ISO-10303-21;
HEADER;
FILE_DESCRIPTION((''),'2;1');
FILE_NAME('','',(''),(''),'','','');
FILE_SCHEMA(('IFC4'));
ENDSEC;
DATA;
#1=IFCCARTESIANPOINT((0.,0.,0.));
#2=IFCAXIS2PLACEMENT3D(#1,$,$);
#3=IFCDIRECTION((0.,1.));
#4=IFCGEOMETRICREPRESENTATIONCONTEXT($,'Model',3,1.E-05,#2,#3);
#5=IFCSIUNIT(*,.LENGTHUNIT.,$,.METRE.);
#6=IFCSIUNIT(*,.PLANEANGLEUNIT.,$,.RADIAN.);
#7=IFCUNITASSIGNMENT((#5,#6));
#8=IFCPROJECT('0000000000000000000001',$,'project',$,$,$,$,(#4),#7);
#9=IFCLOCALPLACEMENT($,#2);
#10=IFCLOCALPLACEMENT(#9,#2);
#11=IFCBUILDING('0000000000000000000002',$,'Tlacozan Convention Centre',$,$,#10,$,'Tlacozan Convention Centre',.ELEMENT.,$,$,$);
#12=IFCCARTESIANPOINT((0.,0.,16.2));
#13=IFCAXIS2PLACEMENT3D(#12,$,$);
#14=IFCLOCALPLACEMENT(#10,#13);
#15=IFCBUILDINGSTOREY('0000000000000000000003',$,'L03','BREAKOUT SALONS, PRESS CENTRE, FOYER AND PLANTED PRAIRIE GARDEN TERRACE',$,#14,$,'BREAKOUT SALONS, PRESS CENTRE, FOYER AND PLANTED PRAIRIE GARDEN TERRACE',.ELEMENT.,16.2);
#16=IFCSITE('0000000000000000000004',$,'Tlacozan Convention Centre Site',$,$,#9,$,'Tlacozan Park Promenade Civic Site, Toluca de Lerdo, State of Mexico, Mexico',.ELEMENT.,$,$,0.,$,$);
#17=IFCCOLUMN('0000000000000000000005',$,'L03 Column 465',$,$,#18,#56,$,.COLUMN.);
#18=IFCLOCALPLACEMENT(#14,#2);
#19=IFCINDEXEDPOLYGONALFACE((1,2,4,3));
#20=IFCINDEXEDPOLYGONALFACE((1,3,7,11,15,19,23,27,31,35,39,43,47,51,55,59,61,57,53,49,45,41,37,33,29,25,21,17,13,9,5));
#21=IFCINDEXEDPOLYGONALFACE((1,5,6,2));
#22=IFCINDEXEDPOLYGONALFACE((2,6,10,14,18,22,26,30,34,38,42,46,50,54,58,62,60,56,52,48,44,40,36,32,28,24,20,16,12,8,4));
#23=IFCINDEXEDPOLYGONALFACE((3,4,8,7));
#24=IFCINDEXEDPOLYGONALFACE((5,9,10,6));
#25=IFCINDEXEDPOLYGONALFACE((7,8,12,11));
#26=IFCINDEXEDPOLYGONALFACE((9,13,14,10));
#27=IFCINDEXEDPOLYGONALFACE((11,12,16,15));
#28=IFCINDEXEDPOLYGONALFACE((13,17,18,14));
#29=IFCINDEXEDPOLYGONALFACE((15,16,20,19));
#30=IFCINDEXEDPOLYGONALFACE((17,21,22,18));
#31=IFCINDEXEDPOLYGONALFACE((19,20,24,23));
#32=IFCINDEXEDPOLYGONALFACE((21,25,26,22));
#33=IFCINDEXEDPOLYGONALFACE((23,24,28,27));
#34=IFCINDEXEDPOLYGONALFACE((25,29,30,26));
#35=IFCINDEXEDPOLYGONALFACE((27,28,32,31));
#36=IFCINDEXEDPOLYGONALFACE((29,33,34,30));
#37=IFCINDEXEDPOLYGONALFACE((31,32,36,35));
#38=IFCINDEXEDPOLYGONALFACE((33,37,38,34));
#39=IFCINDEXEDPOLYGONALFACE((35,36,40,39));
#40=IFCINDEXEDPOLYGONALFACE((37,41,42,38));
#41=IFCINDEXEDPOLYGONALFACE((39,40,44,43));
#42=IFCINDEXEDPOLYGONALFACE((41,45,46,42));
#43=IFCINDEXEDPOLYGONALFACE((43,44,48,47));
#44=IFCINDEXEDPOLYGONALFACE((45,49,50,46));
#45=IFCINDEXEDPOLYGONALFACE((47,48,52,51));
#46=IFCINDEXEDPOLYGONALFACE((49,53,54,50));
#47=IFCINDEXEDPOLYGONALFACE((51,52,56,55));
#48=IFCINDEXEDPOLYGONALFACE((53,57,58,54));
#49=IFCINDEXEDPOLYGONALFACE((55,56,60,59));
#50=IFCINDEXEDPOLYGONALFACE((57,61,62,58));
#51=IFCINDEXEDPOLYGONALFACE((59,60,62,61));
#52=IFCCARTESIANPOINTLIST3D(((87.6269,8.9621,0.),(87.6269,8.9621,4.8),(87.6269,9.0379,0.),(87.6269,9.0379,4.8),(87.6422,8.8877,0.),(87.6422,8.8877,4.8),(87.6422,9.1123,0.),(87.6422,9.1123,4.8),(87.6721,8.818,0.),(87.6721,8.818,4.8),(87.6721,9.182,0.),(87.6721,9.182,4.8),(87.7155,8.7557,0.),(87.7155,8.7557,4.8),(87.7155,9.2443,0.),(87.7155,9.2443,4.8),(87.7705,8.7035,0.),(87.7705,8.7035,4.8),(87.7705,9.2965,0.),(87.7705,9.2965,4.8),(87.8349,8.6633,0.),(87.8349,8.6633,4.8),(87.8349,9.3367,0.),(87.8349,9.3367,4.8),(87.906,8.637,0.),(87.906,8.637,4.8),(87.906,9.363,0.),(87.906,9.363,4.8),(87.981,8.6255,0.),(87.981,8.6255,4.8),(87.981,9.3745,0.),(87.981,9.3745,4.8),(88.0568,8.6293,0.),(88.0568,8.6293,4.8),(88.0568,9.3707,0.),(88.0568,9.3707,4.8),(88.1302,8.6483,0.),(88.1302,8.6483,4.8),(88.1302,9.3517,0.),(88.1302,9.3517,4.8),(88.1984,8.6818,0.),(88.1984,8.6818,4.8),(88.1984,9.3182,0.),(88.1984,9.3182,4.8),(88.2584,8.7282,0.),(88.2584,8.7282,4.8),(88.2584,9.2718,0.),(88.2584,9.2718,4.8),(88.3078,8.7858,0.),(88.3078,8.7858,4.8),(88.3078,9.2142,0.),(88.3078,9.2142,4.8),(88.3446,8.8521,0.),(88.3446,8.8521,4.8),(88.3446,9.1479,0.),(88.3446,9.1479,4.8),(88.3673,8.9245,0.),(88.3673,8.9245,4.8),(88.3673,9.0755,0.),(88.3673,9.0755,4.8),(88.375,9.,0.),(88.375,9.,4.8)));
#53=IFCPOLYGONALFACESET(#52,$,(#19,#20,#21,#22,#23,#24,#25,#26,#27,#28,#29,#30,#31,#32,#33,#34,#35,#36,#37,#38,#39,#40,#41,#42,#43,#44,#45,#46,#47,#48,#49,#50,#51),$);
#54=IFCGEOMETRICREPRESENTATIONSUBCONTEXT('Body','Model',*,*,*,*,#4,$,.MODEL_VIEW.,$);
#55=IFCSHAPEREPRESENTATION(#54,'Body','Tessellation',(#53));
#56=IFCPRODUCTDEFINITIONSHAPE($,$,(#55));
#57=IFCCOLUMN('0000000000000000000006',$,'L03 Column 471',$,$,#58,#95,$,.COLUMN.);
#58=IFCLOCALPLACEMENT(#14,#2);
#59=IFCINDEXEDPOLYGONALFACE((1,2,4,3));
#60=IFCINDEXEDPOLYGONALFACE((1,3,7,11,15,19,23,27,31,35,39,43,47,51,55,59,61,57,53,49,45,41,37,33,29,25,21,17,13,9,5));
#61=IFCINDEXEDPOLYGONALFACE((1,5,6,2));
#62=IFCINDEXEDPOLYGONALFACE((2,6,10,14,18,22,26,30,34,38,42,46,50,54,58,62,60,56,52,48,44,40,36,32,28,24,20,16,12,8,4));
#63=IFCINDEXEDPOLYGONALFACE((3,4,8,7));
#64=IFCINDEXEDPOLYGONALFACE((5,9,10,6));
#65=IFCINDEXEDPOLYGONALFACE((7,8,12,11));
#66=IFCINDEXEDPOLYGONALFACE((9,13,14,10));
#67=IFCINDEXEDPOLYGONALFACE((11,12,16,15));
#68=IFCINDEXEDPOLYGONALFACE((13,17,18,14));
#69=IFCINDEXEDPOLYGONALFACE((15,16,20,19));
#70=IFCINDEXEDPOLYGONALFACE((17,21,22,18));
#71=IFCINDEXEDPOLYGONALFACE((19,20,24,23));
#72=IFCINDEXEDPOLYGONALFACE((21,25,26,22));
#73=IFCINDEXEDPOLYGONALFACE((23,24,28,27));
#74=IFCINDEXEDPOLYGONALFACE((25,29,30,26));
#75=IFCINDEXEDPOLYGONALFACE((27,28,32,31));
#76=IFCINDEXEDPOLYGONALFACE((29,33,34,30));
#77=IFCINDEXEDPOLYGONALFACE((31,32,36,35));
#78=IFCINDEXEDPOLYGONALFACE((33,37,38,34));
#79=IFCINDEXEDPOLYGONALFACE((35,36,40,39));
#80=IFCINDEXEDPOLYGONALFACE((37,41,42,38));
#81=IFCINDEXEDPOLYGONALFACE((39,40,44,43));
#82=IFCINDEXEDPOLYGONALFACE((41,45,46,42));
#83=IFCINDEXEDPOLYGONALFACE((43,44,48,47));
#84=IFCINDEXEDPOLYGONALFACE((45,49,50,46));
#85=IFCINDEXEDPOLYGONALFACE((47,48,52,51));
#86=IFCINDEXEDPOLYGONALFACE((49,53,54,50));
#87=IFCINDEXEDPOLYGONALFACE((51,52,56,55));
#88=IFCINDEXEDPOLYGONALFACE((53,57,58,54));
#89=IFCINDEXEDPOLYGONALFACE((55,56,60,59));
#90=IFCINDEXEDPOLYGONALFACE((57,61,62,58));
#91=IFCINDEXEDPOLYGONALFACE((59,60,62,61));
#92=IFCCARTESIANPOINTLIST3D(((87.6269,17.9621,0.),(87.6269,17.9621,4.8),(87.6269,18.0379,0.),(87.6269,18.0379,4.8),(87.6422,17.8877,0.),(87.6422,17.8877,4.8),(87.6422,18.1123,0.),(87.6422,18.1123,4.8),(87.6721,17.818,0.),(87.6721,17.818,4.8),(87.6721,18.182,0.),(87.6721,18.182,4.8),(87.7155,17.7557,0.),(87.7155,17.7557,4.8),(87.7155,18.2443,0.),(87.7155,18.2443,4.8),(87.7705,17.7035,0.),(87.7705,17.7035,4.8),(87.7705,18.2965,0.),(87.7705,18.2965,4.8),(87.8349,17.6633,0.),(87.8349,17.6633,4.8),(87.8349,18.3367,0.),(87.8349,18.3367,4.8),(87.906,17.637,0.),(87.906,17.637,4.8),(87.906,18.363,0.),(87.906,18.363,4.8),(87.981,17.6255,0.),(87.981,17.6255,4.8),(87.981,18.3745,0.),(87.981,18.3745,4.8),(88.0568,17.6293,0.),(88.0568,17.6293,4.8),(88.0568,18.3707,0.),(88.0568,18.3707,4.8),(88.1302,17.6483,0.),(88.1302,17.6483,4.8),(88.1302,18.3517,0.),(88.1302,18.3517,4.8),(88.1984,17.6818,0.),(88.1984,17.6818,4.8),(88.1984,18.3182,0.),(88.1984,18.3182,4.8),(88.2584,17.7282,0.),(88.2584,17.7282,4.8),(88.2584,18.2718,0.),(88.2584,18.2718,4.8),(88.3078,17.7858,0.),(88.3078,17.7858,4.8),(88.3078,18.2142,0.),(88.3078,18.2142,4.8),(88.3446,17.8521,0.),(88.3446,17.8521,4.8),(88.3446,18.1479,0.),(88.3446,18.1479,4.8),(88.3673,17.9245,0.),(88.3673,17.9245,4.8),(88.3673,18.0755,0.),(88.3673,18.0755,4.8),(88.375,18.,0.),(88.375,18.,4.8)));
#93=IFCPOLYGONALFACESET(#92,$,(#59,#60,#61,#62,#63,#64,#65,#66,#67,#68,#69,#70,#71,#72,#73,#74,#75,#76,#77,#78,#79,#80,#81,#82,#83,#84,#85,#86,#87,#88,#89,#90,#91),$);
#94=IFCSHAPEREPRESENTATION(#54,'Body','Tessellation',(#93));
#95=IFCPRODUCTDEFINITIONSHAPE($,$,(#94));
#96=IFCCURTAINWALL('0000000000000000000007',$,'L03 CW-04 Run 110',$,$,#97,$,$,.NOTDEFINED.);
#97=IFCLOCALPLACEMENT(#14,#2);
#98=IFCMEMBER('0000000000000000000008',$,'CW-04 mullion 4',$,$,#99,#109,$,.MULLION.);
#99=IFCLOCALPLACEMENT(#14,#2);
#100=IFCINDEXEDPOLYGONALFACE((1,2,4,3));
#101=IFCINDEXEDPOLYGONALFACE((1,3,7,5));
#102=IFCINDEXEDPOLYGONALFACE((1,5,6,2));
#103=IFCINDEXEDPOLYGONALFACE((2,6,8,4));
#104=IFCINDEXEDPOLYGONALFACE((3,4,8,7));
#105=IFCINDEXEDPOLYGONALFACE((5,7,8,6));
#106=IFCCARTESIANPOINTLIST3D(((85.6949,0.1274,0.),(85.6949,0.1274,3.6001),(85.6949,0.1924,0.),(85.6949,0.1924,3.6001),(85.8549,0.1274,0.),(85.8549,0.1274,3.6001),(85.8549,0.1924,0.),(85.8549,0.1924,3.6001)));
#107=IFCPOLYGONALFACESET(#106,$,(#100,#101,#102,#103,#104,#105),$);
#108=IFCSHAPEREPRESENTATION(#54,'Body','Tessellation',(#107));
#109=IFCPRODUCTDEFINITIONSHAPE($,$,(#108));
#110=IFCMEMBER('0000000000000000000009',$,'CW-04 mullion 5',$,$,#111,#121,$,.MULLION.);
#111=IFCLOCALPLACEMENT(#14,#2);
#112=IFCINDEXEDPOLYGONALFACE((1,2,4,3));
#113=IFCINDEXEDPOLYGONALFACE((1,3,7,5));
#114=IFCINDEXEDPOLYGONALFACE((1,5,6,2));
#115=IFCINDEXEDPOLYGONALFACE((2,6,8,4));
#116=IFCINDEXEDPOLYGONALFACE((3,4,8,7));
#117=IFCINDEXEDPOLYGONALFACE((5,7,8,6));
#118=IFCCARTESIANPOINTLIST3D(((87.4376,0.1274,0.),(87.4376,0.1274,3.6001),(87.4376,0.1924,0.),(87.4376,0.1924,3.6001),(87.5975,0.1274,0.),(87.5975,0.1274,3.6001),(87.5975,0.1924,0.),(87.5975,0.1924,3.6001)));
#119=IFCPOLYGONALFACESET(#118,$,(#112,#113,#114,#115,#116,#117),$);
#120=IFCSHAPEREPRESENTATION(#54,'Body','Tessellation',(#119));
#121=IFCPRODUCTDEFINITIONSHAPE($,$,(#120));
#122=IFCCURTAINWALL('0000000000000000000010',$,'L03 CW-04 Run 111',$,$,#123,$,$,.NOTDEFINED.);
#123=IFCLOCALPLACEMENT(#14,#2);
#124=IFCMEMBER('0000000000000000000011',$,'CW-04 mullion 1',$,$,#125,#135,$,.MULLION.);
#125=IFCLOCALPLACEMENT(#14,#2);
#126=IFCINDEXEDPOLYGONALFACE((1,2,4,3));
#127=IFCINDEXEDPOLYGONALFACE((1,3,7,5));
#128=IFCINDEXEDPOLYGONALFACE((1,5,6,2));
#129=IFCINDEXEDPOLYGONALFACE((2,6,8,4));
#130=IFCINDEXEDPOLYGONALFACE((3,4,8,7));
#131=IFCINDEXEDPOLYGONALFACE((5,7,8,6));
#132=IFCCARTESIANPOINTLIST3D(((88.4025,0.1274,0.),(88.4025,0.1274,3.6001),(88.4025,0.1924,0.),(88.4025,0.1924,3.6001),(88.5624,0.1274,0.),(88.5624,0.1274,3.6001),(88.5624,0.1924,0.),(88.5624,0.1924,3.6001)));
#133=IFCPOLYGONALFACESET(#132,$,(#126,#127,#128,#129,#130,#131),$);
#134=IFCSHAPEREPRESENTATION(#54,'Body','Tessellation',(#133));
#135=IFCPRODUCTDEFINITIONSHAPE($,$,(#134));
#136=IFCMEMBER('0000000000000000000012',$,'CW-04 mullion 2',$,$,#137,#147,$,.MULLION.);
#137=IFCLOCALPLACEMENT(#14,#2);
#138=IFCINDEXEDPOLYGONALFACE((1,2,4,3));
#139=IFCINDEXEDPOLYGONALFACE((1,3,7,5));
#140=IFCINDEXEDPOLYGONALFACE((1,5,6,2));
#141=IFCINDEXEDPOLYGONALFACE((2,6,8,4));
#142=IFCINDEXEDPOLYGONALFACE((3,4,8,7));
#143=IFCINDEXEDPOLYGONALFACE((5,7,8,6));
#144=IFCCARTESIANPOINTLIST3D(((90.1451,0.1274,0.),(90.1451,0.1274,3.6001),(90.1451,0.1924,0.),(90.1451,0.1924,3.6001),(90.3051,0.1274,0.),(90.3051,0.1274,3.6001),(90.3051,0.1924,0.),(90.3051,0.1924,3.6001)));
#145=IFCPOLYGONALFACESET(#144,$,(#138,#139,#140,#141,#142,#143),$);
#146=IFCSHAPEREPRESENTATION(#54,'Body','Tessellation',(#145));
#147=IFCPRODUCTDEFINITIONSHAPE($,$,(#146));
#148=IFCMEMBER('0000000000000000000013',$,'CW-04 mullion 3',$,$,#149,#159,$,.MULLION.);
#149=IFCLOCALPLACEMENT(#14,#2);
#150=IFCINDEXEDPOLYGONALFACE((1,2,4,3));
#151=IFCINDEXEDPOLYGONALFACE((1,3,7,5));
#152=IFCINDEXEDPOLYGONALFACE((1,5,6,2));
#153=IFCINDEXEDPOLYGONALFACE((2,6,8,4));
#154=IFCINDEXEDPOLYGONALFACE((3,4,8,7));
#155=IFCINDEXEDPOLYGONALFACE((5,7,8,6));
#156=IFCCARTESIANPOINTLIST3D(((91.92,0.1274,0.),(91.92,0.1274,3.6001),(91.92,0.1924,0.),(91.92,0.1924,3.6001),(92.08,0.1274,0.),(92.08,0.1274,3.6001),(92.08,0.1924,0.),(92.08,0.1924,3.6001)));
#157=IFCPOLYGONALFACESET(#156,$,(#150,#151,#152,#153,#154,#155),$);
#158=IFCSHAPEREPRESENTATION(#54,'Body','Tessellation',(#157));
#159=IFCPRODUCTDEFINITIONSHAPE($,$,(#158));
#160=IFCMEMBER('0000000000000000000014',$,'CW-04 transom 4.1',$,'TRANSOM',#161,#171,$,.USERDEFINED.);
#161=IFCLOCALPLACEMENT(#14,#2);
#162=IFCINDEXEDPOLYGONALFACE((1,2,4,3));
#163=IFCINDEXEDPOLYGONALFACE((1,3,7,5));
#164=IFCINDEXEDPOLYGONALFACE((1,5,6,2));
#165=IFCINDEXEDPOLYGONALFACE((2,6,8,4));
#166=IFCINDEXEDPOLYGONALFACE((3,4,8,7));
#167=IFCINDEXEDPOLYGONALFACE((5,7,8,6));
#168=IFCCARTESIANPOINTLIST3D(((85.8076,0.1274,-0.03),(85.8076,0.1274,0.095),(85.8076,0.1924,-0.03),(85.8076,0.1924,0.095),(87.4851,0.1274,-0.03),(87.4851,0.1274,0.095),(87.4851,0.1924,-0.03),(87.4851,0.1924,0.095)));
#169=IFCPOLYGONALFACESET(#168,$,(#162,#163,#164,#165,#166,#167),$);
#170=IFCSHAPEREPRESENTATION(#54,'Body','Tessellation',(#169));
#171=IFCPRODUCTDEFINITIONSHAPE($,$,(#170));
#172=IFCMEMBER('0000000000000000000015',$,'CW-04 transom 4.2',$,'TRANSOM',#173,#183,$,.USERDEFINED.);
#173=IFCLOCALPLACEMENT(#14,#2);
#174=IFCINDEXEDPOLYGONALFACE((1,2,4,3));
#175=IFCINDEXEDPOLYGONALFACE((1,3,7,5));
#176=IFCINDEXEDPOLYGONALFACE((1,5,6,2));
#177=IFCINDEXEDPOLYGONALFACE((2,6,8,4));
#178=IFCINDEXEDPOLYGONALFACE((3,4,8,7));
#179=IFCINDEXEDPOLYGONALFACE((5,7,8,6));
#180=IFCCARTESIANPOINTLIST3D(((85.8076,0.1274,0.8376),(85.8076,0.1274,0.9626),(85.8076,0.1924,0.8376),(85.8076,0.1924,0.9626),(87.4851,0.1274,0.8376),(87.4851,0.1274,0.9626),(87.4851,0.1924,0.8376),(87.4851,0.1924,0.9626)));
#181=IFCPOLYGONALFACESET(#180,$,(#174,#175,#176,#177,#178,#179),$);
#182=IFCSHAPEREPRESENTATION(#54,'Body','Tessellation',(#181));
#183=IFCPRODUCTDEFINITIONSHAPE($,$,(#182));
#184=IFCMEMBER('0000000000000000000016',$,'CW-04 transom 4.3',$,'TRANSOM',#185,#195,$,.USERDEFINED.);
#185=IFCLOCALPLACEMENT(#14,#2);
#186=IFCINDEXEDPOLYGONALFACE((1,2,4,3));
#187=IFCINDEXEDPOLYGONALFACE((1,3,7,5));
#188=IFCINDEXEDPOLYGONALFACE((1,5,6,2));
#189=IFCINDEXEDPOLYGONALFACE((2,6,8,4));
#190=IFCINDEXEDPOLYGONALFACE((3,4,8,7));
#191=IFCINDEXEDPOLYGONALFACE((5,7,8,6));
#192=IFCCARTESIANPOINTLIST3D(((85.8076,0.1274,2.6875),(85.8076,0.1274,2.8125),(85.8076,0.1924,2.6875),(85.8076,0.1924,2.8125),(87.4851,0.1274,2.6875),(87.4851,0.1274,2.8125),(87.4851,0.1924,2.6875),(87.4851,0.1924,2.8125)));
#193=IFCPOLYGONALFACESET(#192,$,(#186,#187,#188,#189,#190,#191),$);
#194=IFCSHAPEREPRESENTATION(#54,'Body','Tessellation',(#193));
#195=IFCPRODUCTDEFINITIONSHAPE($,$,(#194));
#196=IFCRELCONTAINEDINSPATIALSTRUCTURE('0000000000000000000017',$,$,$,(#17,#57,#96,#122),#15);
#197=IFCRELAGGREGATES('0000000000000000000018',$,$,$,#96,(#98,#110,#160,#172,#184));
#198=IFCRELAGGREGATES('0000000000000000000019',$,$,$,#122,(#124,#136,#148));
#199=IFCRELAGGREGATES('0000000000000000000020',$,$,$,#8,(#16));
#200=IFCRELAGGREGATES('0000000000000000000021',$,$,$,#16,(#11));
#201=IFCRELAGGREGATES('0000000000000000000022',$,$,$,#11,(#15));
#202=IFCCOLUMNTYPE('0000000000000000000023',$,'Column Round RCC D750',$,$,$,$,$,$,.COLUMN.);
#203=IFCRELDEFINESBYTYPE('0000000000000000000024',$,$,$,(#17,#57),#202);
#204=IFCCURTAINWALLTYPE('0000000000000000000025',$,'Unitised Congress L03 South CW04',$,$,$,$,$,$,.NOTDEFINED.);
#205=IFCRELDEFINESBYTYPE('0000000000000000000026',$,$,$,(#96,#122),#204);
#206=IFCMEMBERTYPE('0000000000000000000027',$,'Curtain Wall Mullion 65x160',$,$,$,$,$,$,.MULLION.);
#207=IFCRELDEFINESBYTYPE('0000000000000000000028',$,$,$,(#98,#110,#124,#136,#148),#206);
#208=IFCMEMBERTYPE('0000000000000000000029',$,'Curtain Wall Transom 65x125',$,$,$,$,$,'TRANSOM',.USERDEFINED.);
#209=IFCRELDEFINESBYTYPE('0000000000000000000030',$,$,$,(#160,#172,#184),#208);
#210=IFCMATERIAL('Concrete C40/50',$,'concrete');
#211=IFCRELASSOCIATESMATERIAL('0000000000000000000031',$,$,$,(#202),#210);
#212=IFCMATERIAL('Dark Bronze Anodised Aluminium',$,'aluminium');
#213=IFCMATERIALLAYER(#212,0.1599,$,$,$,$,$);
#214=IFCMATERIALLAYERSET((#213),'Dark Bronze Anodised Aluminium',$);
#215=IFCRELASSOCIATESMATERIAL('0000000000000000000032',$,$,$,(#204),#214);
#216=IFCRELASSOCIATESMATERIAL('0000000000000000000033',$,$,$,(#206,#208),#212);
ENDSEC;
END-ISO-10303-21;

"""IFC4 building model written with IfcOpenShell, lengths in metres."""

from ifc_helpers import new_model, si_unit, direction, frame, origin, origin_2d, place, context, subcontext, project, spatial, rectangle, circle, extrude, material, layer, layer_set, material_profile, profile_set, type_object, element, aggregate, save


model = new_model("IFC4")

# Units and contexts
model_context = context("Model", 3, precision=1e-05, world=origin(), true_north=direction((0.0, 1.0)))
body_context = subcontext(model_context, "Body", "Model", "MODEL_VIEW")
ifc_project = project(units=[si_unit("LENGTHUNIT", "METRE"), si_unit("PLANEANGLEUNIT", "RADIAN")], contexts=[model_context])

# Site, building, storey
site_placement = place(None, origin())
site = spatial("IfcSite", under=ifc_project, at=site_placement, Name="Tlacozan Convention Centre Site", LongName="Tlacozan Park Promenade Civic Site, Toluca de Lerdo, State of Mexico, Mexico", CompositionType="ELEMENT", RefElevation=0.0)
building_placement = place(site_placement, origin())
building = spatial("IfcBuilding", under=site, at=building_placement, Name="Tlacozan Convention Centre", LongName="Tlacozan Convention Centre", CompositionType="ELEMENT")
storey_placement = place(building_placement, frame((0.0, 0.0, 16.2)))
storey = spatial("IfcBuildingStorey", under=building, at=storey_placement, Name="L03", Description="BREAKOUT SALONS, PRESS CENTRE, FOYER AND PLANTED PRAIRIE GARDEN TERRACE", LongName="BREAKOUT SALONS, PRESS CENTRE, FOYER AND PLANTED PRAIRIE GARDEN TERRACE", CompositionType="ELEMENT", Elevation=16.2)

# Columns
ifc_material_1 = material(Name="Concrete C40/50", Category="concrete")
ifc_material_profile_1 = material_profile(ifc_material_1, circle(Radius=0.375, at=origin_2d()), Name="RCC D750")
ifc_profile_set_1 = profile_set([ifc_material_profile_1], Name="Concrete C40/50")
column_type = type_object("IfcColumnType", Name="Column Round RCC D750", PredefinedType="COLUMN", material=ifc_profile_set_1)
for number, where, z_axis, x_axis, name in (
    (1, (88.0, 9.0, 0.0), (0.0, 0.0, 1.0), (1.0, 0.0, 0.0), "L03 Column 465"),
    (2, (88.0, 18.0, 0.0), (0.0, 0.0, 1.0), (1.0, 0.0, 0.0), "L03 Column 471"),
):
    element("IfcColumn", number, at=place(storey_placement, frame(where, z_axis=z_axis, x_axis=x_axis)), inside=storey, type_object=column_type, Name=name, PredefinedType="COLUMN", context=body_context, shape_type="SweptSolid", body=[
        extrude(circle(Radius=0.375, at=origin_2d()), origin(), (0.0, 0.0, 1.0), 4.8),
    ])

# Curtain walls, members
ifc_material_2 = material(Name="Dark Bronze Anodised Aluminium", Category="aluminium")
ifc_layer_1 = layer(ifc_material_2, 0.1599)
ifc_layer_set_1 = layer_set([ifc_layer_1], Name="Dark Bronze Anodised Aluminium")
curtain_wall_type = type_object("IfcCurtainWallType", Name="Unitised Congress L03 South CW04", PredefinedType="NOTDEFINED", material=ifc_layer_set_1)
curtain_wall_1_placement = place(storey_placement, origin())
curtain_wall_1 = element("IfcCurtainWall", 3, at=curtain_wall_1_placement, inside=storey, type_object=curtain_wall_type, Name="L03 CW-04 Run 110", PredefinedType="NOTDEFINED")
ifc_material_profile_2 = material_profile(ifc_material_2, rectangle(XDim=0.0649, YDim=0.1599, at=origin_2d()), Name="ALU 65x160")
ifc_profile_set_2 = profile_set([ifc_material_profile_2], Name="Dark Bronze Anodised Aluminium")
member_type_1 = type_object("IfcMemberType", Name="Curtain Wall Mullion 65x160", PredefinedType="MULLION", material=ifc_profile_set_2)
member_1_placement = place(storey_placement, frame((85.7749, 0.1599, 0.0), z_axis=(0.0, 0.0, 1.0), x_axis=(0.0, 1.0, 0.0)))
member_1 = element("IfcMember", 4, at=member_1_placement, type_object=member_type_1, Name="CW-04 mullion 4", PredefinedType="MULLION", context=body_context, shape_type="SweptSolid", body=[
    extrude(rectangle(XDim=0.0649, YDim=0.1599, at=origin_2d()), origin(), (0.0, 0.0, 1.0), 3.6001),
])
member_2_placement = place(storey_placement, frame((87.5176, 0.1599, 0.0), z_axis=(0.0, 0.0, 1.0), x_axis=(0.0, 1.0, 0.0)))
member_2 = element("IfcMember", 5, at=member_2_placement, type_object=member_type_1, Name="CW-04 mullion 5", PredefinedType="MULLION", context=body_context, shape_type="SweptSolid", body=[
    extrude(rectangle(XDim=0.0649, YDim=0.1599, at=origin_2d()), origin(), (0.0, 0.0, 1.0), 3.6001),
])
curtain_wall_2_placement = place(storey_placement, origin())
curtain_wall_2 = element("IfcCurtainWall", 6, at=curtain_wall_2_placement, inside=storey, type_object=curtain_wall_type, Name="L03 CW-04 Run 111", PredefinedType="NOTDEFINED")
member_3_placement = place(storey_placement, frame((88.4824, 0.1599, 0.0), z_axis=(0.0, 0.0, 1.0), x_axis=(0.0, 1.0, 0.0)))
member_3 = element("IfcMember", 7, at=member_3_placement, type_object=member_type_1, Name="CW-04 mullion 1", PredefinedType="MULLION", context=body_context, shape_type="SweptSolid", body=[
    extrude(rectangle(XDim=0.0649, YDim=0.1599, at=origin_2d()), origin(), (0.0, 0.0, 1.0), 3.6001),
])
member_4_placement = place(storey_placement, frame((90.2251, 0.1599, 0.0), z_axis=(0.0, 0.0, 1.0), x_axis=(0.0, 1.0, 0.0)))
member_4 = element("IfcMember", 8, at=member_4_placement, type_object=member_type_1, Name="CW-04 mullion 2", PredefinedType="MULLION", context=body_context, shape_type="SweptSolid", body=[
    extrude(rectangle(XDim=0.0649, YDim=0.1599, at=origin_2d()), origin(), (0.0, 0.0, 1.0), 3.6001),
])
member_5_placement = place(storey_placement, frame((92.0, 0.1599, 0.0), z_axis=(0.0, 0.0, 1.0), x_axis=(0.0, 1.0, 0.0)))
member_5 = element("IfcMember", 9, at=member_5_placement, type_object=member_type_1, Name="CW-04 mullion 3", PredefinedType="MULLION", context=body_context, shape_type="SweptSolid", body=[
    extrude(rectangle(XDim=0.0649, YDim=0.1599, at=origin_2d()), origin(), (0.0, 0.0, 1.0), 3.6001),
])

# Members
ifc_material_profile_3 = material_profile(ifc_material_2, rectangle(XDim=0.0649, YDim=0.125, at=origin_2d()), Name="ALU 65x125")
ifc_profile_set_3 = profile_set([ifc_material_profile_3], Name="Dark Bronze Anodised Aluminium")
member_type_2 = type_object("IfcMemberType", Name="Curtain Wall Transom 65x125", ElementType="TRANSOM", PredefinedType="USERDEFINED", material=ifc_profile_set_3)
member_6_placement = place(storey_placement, frame((85.8076, 0.1599, 0.0325), z_axis=(1.0, 0.0, 0.0), x_axis=(0.0, 1.0, 0.0)))
member_6 = element("IfcMember", 10, at=member_6_placement, type_object=member_type_2, Name="CW-04 transom 4.1", ObjectType="TRANSOM", PredefinedType="USERDEFINED", context=body_context, shape_type="SweptSolid", body=[
    extrude(rectangle(XDim=0.0649, YDim=0.125, at=origin_2d()), origin(), (0.0, 0.0, 1.0), 1.6775),
])
member_7_placement = place(storey_placement, frame((85.8076, 0.1599, 0.9001), z_axis=(1.0, 0.0, 0.0), x_axis=(0.0, 1.0, 0.0)))
member_7 = element("IfcMember", 11, at=member_7_placement, type_object=member_type_2, Name="CW-04 transom 4.2", ObjectType="TRANSOM", PredefinedType="USERDEFINED", context=body_context, shape_type="SweptSolid", body=[
    extrude(rectangle(XDim=0.0649, YDim=0.125, at=origin_2d()), origin(), (0.0, 0.0, 1.0), 1.6775),
])
member_8_placement = place(storey_placement, frame((85.8076, 0.1599, 2.75), z_axis=(1.0, 0.0, 0.0), x_axis=(0.0, 1.0, 0.0)))
member_8 = element("IfcMember", 12, at=member_8_placement, type_object=member_type_2, Name="CW-04 transom 4.3", ObjectType="TRANSOM", PredefinedType="USERDEFINED", context=body_context, shape_type="SweptSolid", body=[
    extrude(rectangle(XDim=0.0649, YDim=0.125, at=origin_2d()), origin(), (0.0, 0.0, 1.0), 1.6775),
])

aggregate(curtain_wall_1, [member_1, member_2, member_6, member_7, member_8])
aggregate(curtain_wall_2, [member_3, member_4, member_5])

save(model, "model.ifc")
